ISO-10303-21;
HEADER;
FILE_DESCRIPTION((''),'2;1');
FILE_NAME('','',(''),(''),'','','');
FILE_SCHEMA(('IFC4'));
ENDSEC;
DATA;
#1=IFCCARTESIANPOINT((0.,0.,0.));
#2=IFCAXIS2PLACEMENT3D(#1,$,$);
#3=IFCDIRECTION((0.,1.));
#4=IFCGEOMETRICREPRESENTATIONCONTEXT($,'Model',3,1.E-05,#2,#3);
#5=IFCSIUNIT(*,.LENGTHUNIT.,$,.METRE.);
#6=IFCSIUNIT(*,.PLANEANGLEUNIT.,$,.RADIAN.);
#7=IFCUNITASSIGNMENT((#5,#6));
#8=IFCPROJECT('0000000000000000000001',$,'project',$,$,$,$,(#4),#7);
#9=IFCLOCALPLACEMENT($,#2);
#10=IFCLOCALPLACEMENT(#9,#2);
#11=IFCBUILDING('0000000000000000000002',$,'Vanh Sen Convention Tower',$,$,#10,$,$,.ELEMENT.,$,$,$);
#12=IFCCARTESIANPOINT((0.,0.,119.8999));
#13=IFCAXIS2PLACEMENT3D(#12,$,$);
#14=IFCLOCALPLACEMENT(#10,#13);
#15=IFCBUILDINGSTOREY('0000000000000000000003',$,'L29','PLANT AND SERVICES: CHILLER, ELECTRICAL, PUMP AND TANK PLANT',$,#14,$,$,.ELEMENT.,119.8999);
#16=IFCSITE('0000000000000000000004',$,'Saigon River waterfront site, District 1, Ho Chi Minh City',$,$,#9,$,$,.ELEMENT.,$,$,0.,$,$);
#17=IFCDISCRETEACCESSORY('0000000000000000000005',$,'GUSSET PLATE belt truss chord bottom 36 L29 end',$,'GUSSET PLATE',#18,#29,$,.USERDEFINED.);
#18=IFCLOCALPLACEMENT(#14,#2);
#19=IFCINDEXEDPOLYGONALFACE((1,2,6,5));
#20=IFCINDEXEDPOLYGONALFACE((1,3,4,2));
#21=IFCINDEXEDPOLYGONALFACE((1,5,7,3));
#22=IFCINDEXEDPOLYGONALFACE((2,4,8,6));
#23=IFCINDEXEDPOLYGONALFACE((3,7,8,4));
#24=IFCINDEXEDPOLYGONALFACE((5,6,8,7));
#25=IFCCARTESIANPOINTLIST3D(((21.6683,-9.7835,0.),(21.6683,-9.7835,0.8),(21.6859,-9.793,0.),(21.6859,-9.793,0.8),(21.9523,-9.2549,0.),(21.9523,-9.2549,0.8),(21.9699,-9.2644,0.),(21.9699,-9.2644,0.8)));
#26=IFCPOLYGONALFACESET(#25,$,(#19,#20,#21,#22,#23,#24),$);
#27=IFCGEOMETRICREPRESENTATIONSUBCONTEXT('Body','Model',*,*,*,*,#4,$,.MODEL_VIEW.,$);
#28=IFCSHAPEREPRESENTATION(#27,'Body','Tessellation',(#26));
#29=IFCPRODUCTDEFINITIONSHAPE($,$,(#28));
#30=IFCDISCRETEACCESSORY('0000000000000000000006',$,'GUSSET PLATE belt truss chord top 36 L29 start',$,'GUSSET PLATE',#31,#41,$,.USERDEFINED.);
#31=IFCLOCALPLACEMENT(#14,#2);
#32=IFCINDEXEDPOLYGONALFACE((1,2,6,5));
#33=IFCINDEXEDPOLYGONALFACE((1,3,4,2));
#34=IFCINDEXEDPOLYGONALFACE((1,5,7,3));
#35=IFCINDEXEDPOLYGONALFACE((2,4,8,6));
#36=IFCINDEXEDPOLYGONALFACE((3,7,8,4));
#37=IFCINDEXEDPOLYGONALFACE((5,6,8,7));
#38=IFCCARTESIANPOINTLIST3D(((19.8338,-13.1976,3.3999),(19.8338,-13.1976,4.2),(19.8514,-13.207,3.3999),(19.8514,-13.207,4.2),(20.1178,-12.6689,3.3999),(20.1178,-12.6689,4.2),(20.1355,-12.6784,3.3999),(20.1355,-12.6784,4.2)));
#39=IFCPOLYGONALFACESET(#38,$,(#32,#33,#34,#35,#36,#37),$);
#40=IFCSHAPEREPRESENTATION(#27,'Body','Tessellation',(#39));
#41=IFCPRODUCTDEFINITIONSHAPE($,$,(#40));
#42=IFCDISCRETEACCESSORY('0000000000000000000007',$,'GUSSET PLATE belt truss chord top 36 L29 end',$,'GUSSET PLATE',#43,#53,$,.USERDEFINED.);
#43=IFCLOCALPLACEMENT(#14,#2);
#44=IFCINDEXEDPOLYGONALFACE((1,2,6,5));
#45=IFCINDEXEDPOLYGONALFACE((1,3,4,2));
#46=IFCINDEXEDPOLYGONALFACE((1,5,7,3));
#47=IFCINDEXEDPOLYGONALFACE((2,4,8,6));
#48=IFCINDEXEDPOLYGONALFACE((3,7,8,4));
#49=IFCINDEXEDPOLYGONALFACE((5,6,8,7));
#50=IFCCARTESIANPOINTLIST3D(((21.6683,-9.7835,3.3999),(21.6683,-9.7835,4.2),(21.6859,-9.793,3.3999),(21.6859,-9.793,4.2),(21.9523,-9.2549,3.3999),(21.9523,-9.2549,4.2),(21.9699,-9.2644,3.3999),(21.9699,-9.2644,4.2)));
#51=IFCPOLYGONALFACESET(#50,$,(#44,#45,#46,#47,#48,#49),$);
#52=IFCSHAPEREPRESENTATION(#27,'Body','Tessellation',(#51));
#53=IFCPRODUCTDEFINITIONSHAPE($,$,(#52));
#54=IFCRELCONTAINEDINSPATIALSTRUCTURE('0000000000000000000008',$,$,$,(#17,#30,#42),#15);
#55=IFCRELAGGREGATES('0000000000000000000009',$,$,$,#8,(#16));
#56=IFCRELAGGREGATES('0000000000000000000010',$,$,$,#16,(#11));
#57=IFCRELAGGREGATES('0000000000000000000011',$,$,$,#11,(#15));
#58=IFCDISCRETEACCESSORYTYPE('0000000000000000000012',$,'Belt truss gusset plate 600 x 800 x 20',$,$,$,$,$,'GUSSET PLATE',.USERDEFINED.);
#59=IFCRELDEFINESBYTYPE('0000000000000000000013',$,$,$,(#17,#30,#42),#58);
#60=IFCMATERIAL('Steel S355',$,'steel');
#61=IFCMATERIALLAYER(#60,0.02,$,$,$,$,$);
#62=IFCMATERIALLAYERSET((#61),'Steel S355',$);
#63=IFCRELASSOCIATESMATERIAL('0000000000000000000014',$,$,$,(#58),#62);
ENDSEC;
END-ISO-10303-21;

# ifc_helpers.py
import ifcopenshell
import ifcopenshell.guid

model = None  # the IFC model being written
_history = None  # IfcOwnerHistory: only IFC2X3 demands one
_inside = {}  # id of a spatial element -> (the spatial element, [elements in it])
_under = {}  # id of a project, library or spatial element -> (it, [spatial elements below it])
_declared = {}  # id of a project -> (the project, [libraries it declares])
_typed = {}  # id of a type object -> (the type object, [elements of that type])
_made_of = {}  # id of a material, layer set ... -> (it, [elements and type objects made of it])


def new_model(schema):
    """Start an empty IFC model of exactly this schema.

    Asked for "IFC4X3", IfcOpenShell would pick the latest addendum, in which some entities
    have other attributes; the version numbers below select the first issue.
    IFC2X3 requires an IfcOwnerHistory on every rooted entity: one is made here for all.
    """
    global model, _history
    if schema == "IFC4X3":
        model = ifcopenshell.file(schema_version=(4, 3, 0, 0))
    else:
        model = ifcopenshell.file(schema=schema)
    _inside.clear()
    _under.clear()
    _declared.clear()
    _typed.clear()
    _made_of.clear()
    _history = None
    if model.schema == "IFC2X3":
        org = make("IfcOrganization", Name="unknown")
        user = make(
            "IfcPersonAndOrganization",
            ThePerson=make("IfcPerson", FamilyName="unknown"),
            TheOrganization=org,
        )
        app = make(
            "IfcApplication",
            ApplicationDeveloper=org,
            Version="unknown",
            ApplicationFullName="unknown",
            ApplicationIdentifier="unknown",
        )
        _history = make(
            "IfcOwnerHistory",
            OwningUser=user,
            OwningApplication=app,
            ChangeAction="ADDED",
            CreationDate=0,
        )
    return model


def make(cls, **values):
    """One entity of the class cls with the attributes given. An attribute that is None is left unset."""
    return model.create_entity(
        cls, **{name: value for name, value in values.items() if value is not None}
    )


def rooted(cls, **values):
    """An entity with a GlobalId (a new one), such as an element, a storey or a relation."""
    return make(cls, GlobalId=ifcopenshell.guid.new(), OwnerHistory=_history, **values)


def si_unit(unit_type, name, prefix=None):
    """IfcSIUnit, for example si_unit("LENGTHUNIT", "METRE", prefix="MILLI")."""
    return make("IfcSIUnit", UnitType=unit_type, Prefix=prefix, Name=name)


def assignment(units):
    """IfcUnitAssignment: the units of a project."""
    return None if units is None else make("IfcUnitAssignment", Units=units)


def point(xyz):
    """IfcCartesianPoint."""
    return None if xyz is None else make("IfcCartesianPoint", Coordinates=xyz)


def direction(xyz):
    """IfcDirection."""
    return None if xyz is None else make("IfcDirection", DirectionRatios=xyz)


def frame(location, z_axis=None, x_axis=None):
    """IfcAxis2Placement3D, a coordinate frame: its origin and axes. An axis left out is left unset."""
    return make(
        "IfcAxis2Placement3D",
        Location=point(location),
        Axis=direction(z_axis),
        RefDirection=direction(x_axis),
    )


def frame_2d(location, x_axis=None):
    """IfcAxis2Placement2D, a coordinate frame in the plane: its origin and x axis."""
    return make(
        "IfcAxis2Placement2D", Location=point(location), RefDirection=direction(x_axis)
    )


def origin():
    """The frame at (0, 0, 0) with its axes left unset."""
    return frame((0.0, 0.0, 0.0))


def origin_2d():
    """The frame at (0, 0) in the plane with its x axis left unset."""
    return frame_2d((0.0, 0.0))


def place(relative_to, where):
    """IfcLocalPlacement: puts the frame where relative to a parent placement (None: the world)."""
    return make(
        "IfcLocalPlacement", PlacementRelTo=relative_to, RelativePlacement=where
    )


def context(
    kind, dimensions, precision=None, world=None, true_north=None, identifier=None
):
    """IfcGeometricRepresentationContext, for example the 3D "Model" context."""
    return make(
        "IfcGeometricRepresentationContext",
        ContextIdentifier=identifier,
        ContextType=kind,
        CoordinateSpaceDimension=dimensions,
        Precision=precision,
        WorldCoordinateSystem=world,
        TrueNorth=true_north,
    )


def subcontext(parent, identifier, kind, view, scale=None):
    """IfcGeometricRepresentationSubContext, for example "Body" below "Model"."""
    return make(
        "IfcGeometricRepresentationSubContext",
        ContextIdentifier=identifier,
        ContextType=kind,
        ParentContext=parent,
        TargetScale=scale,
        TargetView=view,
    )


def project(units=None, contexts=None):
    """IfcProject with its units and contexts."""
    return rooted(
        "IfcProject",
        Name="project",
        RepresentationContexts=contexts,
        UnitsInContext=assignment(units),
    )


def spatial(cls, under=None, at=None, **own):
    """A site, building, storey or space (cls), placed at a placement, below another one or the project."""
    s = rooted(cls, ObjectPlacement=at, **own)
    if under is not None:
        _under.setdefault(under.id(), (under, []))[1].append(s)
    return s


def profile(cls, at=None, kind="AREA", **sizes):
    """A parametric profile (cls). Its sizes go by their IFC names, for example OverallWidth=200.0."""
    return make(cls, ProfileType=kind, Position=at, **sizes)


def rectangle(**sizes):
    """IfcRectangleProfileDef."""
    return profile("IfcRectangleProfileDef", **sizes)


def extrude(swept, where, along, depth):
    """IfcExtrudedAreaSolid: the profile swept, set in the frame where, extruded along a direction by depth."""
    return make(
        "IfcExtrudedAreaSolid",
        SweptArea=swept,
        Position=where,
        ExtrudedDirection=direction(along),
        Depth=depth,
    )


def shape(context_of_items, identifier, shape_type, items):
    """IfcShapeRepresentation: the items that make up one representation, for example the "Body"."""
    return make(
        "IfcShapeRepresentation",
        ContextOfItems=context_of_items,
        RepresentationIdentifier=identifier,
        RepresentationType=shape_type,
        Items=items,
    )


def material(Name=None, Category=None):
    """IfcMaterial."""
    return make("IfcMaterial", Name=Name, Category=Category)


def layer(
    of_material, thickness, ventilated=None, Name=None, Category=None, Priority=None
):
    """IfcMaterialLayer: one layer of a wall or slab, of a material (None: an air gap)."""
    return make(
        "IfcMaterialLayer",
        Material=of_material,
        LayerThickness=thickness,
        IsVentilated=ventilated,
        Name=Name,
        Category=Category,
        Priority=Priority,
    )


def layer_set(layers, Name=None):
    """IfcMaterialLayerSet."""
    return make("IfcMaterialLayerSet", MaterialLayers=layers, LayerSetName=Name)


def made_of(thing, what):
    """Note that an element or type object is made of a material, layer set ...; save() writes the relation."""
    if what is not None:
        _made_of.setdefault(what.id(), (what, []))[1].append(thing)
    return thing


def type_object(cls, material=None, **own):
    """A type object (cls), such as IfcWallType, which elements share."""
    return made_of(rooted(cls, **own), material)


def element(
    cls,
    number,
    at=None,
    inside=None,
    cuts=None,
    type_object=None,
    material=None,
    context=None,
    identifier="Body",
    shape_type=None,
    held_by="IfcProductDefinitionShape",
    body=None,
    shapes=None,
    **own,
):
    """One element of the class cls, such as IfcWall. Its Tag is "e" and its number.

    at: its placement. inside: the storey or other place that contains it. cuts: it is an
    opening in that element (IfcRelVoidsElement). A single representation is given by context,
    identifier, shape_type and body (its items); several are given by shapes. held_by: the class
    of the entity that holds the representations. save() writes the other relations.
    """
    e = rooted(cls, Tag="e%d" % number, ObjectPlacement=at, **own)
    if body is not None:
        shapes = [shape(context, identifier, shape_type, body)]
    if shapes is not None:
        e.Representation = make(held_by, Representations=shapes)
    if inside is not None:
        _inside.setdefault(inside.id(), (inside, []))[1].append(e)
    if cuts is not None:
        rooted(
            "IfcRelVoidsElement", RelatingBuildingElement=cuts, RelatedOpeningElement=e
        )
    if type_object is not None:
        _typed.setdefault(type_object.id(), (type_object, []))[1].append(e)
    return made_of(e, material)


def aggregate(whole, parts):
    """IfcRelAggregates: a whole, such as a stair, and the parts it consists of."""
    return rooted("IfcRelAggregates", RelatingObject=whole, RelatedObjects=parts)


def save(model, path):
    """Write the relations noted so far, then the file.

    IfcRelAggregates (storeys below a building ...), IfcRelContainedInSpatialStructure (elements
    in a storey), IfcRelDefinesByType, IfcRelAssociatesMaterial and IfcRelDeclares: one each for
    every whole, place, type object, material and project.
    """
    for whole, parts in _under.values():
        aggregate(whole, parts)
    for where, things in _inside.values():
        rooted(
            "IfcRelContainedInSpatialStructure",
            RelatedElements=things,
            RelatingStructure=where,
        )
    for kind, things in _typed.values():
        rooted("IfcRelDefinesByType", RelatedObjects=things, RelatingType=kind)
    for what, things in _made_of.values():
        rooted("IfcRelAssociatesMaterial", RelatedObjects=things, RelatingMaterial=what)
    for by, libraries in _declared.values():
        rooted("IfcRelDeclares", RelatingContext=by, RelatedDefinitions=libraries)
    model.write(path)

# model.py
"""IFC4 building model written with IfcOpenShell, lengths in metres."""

from ifc_helpers import new_model, si_unit, direction, frame, origin, origin_2d, place, context, subcontext, project, spatial, rectangle, extrude, material, layer, layer_set, type_object, element, save


model = new_model("IFC4")

# Units and contexts
model_context = context("Model", 3, precision=1e-05, world=origin(), true_north=direction((0.0, 1.0)))
body_context = subcontext(model_context, "Body", "Model", "MODEL_VIEW")
ifc_project = project(units=[si_unit("LENGTHUNIT", "METRE"), si_unit("PLANEANGLEUNIT", "RADIAN")], contexts=[model_context])

# Site, building, storey
site_placement = place(None, origin())
site = spatial("IfcSite", under=ifc_project, at=site_placement, Name="Saigon River waterfront site, District 1, Ho Chi Minh City", CompositionType="ELEMENT", RefElevation=0.0)
building_placement = place(site_placement, origin())
building = spatial("IfcBuilding", under=site, at=building_placement, Name="Vanh Sen Convention Tower", CompositionType="ELEMENT")
storey_placement = place(building_placement, frame((0.0, 0.0, 119.8999)))
storey = spatial("IfcBuildingStorey", under=building, at=storey_placement, Name="L29", Description="PLANT AND SERVICES: CHILLER, ELECTRICAL, PUMP AND TANK PLANT", CompositionType="ELEMENT", Elevation=119.8999)

# Shared definitions
ifc_material_1 = material(Name="Steel S355", Category="steel")

# Discrete accessories
ifc_layer_1 = layer(ifc_material_1, 0.02)
ifc_layer_set_1 = layer_set([ifc_layer_1], Name="Steel S355")
discrete_accessory_type = type_object("IfcDiscreteAccessoryType", Name="Belt truss gusset plate 600 x 800 x 20", ElementType="GUSSET PLATE", PredefinedType="USERDEFINED", material=ifc_layer_set_1)
for number, where, z_axis, x_axis, name in (
    (1, (21.8191, -9.5239, 0.0), (0.0, 0.0, 1.0), (-0.473323, -0.880889, 0.0), "GUSSET PLATE belt truss chord bottom 36 L29 end"),
    (2, (19.9846, -12.938, 3.3999), (0.0, 0.0, 1.0), (0.473323, 0.880889, 0.0), "GUSSET PLATE belt truss chord top 36 L29 start"),
    (3, (21.8191, -9.5239, 3.3999), (0.0, 0.0, 1.0), (-0.473323, -0.880889, 0.0), "GUSSET PLATE belt truss chord top 36 L29 end"),
):
    element("IfcDiscreteAccessory", number, at=place(storey_placement, frame(where, z_axis=z_axis, x_axis=x_axis)), inside=storey, type_object=discrete_accessory_type, Name=name, ObjectType="GUSSET PLATE", PredefinedType="USERDEFINED", context=body_context, shape_type="SweptSolid", body=[
        extrude(rectangle(XDim=0.6001, YDim=0.02, at=origin_2d()), origin(), (0.0, 0.0, 1.0), 0.8),
    ])

save(model, "model.ifc")
